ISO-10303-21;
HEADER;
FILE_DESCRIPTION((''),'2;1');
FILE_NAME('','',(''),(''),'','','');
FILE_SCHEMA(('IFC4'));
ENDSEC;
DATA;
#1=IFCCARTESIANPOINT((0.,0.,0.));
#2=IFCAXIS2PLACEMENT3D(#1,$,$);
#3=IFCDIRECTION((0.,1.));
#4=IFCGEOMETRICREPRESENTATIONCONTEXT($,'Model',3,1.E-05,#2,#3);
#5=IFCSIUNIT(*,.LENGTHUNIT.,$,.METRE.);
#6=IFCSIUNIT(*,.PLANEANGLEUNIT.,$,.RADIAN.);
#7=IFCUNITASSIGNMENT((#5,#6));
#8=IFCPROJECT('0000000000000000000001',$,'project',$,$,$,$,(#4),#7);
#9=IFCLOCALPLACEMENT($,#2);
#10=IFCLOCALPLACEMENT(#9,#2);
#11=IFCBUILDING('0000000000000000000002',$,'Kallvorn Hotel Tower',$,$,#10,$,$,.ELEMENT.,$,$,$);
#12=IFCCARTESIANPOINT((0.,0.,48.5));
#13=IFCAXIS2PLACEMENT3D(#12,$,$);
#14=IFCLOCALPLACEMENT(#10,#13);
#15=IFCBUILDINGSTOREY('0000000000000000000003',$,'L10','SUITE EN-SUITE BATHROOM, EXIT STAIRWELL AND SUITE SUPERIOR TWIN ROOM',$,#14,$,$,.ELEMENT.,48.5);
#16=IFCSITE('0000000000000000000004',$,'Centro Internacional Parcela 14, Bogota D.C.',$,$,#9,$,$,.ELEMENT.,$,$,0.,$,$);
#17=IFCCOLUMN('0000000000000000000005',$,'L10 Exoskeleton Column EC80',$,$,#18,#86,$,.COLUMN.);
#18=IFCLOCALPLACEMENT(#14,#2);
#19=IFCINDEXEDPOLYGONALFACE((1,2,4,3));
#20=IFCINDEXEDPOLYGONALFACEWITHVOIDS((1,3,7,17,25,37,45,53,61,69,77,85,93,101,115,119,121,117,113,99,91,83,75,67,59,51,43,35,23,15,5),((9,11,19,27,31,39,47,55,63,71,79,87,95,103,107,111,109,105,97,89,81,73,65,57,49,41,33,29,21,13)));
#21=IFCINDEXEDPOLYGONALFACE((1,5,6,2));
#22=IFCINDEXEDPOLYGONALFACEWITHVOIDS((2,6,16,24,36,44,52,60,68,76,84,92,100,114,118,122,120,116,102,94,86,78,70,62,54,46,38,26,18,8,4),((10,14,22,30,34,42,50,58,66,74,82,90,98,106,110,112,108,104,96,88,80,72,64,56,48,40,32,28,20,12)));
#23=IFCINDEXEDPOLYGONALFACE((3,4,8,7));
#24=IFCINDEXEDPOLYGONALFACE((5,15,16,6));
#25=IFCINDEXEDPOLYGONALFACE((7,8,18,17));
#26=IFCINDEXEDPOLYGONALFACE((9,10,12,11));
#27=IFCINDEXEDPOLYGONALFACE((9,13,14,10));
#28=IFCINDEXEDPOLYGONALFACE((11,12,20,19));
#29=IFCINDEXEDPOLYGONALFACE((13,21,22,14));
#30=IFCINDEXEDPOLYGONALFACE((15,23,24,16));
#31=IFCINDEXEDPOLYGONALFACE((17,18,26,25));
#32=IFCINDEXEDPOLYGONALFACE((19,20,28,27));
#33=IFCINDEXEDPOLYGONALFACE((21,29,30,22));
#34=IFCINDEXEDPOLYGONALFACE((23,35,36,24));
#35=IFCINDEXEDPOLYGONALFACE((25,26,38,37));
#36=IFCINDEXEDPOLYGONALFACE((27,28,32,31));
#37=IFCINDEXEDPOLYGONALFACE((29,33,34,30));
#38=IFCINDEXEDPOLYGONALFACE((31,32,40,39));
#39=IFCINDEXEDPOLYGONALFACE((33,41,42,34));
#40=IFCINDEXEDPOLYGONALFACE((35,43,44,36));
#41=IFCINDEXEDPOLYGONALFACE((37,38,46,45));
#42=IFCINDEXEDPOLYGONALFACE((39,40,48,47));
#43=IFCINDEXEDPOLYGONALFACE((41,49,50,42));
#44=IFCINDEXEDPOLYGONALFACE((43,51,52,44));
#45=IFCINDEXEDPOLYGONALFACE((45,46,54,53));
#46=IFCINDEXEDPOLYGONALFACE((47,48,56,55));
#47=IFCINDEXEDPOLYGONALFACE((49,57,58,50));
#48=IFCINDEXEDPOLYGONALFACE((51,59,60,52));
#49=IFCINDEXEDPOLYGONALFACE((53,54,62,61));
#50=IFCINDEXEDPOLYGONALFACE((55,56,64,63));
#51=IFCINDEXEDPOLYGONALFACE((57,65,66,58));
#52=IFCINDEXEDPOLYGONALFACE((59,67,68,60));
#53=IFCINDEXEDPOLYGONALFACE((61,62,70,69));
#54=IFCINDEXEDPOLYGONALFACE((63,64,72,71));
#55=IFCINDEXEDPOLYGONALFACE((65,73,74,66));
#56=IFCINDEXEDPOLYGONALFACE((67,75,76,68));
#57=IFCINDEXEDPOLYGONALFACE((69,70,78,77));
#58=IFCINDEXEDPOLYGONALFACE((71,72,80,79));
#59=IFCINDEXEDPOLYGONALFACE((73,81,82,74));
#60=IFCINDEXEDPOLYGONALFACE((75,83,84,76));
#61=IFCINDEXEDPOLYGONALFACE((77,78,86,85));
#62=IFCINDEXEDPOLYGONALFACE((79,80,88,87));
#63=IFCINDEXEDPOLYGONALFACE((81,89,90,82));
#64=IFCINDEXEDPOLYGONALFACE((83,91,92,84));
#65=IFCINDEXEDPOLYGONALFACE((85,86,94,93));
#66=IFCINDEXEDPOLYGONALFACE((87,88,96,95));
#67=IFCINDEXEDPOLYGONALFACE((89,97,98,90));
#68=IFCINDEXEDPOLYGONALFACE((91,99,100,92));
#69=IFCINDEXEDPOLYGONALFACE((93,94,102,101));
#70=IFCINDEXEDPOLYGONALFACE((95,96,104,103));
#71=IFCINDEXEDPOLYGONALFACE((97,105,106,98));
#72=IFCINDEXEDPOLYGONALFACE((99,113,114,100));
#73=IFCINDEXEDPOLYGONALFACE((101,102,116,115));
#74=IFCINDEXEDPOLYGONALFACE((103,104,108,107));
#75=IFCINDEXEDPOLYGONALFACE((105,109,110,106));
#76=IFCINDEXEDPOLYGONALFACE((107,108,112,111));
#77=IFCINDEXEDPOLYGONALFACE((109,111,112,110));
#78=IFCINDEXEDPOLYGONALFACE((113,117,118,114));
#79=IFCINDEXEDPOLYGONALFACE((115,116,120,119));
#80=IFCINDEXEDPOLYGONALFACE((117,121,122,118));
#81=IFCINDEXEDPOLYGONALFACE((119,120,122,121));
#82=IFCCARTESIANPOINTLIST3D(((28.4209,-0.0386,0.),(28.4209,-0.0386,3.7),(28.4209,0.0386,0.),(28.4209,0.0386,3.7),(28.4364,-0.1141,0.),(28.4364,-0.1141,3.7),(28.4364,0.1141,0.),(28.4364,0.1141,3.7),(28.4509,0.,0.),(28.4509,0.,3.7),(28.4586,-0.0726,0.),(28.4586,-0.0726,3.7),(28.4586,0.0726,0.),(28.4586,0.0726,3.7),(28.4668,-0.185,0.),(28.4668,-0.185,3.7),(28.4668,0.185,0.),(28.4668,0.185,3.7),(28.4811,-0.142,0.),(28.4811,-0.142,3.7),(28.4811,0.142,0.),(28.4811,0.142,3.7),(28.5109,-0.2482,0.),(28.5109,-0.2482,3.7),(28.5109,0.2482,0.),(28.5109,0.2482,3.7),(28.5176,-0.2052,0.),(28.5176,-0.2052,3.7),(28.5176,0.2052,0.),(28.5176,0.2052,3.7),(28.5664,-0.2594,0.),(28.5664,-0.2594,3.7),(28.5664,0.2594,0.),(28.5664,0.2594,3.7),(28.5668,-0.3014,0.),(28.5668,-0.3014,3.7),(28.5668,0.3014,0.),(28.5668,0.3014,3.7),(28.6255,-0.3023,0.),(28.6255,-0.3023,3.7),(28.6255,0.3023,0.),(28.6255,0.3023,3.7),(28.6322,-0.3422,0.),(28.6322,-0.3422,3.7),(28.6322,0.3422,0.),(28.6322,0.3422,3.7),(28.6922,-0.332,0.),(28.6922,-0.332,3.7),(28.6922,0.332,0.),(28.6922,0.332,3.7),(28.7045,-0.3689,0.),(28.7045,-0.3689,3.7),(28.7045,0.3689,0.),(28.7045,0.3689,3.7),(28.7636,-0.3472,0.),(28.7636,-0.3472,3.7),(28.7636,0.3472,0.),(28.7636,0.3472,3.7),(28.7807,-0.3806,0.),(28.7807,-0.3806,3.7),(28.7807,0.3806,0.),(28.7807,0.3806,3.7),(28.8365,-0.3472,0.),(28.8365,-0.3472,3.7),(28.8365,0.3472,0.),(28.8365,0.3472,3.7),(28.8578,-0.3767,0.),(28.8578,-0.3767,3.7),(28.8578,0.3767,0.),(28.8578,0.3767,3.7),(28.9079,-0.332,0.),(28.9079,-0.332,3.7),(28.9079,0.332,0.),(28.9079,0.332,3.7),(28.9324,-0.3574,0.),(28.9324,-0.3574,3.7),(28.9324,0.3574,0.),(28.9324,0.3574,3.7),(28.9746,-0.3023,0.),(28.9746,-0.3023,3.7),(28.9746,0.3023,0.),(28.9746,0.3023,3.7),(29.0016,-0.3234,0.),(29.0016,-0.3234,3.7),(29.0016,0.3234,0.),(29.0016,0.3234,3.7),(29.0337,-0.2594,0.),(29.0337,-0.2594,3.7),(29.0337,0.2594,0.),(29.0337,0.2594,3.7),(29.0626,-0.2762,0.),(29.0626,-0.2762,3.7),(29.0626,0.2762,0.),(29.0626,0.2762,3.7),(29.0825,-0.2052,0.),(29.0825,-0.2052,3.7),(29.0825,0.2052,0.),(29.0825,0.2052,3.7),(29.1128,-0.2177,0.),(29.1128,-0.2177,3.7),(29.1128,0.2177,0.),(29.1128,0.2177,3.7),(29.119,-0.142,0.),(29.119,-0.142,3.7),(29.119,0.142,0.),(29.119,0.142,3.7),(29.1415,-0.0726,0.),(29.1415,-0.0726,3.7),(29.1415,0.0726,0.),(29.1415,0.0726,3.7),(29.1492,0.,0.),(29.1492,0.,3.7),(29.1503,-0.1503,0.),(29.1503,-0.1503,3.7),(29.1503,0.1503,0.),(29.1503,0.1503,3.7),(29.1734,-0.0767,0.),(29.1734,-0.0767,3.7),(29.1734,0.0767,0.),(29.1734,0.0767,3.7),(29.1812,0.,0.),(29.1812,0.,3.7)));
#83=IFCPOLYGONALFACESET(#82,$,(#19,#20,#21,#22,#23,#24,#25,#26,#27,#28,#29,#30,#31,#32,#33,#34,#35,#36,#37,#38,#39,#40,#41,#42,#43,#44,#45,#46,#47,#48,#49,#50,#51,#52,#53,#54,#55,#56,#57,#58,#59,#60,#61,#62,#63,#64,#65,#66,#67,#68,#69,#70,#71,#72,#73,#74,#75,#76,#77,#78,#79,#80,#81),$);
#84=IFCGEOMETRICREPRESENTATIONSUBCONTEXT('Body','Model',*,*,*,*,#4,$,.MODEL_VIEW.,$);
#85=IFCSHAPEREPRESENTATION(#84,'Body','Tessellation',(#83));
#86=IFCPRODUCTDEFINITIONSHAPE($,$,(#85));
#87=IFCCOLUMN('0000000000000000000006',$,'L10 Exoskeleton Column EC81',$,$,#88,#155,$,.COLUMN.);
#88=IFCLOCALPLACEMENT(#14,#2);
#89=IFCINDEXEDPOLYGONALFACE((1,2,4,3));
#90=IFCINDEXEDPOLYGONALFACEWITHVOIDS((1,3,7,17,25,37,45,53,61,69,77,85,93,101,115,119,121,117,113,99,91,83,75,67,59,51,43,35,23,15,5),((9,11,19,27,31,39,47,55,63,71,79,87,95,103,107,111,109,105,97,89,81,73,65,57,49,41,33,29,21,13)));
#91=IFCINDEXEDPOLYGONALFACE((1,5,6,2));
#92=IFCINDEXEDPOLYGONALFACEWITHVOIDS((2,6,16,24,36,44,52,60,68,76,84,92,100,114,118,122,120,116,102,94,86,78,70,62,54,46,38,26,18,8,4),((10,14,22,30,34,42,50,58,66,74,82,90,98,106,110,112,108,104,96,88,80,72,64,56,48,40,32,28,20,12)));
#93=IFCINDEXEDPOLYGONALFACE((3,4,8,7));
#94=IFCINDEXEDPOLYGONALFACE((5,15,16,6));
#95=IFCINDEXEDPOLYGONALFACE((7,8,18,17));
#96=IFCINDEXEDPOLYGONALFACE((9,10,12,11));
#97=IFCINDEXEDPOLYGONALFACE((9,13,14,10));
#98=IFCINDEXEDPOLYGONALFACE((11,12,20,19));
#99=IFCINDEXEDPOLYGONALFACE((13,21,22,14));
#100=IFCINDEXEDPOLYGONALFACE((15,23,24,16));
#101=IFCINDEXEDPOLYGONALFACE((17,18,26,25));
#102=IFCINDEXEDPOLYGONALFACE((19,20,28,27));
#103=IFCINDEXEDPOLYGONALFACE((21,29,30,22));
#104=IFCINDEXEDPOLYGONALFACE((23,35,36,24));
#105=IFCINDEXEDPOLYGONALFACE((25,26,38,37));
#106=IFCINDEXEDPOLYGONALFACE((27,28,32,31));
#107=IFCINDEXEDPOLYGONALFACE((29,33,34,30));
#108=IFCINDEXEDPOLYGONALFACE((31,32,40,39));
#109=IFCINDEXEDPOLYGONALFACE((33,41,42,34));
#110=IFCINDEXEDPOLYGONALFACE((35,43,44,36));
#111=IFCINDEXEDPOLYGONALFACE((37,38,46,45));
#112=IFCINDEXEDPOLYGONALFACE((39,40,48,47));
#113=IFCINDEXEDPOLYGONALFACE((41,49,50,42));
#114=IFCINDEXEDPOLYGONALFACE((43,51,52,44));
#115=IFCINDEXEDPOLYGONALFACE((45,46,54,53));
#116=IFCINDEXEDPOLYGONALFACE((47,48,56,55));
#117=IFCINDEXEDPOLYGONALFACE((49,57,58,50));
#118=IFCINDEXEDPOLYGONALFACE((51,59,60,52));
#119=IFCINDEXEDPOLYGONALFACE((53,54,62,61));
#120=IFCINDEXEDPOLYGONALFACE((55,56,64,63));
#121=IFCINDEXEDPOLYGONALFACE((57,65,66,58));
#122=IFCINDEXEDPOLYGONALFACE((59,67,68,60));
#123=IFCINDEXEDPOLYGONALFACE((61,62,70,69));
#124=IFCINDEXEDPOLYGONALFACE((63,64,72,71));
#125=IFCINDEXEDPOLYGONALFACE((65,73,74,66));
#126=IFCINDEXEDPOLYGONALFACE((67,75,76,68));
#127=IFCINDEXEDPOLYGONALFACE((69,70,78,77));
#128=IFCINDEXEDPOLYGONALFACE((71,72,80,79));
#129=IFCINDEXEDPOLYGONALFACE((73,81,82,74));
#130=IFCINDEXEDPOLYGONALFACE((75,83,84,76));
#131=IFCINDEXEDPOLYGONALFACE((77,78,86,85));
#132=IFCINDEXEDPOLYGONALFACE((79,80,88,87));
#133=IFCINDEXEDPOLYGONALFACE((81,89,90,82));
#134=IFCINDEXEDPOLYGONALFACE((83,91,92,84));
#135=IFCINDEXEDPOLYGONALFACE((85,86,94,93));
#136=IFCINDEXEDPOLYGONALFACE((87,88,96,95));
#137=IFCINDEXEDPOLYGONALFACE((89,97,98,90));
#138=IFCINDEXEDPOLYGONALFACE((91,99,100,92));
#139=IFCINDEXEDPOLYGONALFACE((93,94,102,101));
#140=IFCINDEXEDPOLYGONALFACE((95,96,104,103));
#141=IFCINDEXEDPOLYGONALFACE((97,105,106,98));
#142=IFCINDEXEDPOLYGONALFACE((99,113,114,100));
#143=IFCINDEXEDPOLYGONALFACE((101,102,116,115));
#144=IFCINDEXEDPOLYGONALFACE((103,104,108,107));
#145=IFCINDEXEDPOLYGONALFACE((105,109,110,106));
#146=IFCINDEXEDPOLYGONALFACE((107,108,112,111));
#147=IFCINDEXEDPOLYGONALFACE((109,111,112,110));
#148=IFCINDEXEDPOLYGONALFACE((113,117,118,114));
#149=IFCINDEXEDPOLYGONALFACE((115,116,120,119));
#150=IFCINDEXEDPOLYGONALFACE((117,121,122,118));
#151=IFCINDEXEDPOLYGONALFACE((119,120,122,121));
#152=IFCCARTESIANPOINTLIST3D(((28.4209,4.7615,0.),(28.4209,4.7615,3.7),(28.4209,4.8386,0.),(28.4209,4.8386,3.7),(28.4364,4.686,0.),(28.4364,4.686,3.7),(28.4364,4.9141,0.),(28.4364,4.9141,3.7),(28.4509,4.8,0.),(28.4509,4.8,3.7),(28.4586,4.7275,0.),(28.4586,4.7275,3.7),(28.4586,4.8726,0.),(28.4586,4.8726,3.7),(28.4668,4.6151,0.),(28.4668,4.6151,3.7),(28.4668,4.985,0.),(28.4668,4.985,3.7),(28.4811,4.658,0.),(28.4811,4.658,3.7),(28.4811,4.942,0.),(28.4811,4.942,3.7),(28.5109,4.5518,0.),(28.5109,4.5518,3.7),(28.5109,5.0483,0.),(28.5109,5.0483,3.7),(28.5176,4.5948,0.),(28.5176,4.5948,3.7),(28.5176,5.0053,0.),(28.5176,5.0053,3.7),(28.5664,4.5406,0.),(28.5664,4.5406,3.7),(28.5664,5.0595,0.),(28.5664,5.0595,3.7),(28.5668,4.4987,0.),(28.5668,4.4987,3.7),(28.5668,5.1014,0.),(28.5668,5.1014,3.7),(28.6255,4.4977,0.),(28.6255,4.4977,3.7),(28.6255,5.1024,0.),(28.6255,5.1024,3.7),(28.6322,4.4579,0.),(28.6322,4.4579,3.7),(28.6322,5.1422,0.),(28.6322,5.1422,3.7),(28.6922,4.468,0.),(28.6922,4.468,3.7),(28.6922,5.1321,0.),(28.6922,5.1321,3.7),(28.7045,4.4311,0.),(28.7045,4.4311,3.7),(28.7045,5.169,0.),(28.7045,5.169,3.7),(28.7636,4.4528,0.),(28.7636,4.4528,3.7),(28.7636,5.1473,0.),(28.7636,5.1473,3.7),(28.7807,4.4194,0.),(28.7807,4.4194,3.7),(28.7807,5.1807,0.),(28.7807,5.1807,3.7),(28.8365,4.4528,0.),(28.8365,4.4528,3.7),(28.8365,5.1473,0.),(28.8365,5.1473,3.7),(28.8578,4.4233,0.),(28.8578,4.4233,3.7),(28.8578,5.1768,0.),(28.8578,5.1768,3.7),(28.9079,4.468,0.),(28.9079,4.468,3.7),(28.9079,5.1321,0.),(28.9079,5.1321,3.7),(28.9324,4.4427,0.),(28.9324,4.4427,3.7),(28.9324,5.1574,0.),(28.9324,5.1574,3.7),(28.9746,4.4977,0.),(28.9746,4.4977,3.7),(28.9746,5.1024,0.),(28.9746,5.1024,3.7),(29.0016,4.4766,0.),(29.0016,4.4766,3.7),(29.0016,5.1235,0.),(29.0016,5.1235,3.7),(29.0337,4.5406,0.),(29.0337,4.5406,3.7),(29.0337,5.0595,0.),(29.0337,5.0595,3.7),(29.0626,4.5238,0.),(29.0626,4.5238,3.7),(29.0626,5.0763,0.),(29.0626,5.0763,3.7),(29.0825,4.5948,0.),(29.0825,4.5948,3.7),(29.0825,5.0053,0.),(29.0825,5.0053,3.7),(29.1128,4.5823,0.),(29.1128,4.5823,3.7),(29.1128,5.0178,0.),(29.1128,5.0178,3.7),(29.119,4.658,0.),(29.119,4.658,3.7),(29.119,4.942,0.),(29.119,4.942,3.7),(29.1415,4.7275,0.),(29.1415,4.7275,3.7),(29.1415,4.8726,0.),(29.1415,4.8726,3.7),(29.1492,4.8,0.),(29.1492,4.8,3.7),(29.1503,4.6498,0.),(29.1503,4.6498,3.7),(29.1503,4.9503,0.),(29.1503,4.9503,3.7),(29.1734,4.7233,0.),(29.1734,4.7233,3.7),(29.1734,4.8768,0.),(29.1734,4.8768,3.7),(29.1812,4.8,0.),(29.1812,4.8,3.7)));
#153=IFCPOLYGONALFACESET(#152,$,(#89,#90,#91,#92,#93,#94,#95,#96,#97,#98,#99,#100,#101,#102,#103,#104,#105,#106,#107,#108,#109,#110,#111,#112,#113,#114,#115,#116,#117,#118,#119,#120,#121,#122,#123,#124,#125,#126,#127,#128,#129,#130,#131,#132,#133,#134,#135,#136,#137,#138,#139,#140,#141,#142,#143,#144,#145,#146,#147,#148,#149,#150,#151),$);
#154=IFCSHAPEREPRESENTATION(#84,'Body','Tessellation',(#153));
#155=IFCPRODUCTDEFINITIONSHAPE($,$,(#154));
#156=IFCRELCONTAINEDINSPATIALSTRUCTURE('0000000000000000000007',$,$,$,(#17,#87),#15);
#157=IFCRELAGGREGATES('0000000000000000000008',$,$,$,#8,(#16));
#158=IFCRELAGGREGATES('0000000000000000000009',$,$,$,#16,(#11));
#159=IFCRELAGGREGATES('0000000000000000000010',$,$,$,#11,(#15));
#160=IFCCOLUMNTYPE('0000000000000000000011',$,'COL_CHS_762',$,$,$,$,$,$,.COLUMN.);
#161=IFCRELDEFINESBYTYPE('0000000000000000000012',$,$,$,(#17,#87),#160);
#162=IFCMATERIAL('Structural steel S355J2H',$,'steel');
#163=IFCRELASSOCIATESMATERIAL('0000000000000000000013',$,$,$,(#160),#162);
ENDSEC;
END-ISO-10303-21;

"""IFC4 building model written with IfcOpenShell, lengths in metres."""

from ifc_helpers import new_model, si_unit, direction, frame, origin, origin_2d, place, context, subcontext, project, spatial, hollow_circle, extrude, material, material_profile, profile_set, type_object, element, save


model = new_model("IFC4")

# Units and contexts
model_context = context("Model", 3, precision=1e-05, world=origin(), true_north=direction((0.0, 1.0)))
body_context = subcontext(model_context, "Body", "Model", "MODEL_VIEW")
ifc_project = project(units=[si_unit("LENGTHUNIT", "METRE"), si_unit("PLANEANGLEUNIT", "RADIAN")], contexts=[model_context])

# Site, building, storey
site_placement = place(None, origin())
site = spatial("IfcSite", under=ifc_project, at=site_placement, Name="Centro Internacional Parcela 14, Bogota D.C.", CompositionType="ELEMENT", RefElevation=0.0)
building_placement = place(site_placement, origin())
building = spatial("IfcBuilding", under=site, at=building_placement, Name="Kallvorn Hotel Tower", CompositionType="ELEMENT")
storey_placement = place(building_placement, frame((0.0, 0.0, 48.5)))
storey = spatial("IfcBuildingStorey", under=building, at=storey_placement, Name="L10", Description="SUITE EN-SUITE BATHROOM, EXIT STAIRWELL AND SUITE SUPERIOR TWIN ROOM", CompositionType="ELEMENT", Elevation=48.5)

# Columns
ifc_material_1 = material(Name="Structural steel S355J2H", Category="steel")
ifc_material_profile_1 = material_profile(ifc_material_1, hollow_circle(Radius=0.3811, WallThickness=0.032, at=origin_2d()), Name="CHS 762x32")
ifc_profile_set_1 = profile_set([ifc_material_profile_1], Name="Structural steel S355J2H")
column_type_1 = type_object("IfcColumnType", Name="COL_CHS_762", PredefinedType="COLUMN", material=ifc_profile_set_1)
for number, where, z_axis, x_axis, name in (
    (1, (28.8, 0.0, 0.0), (0.0, 0.0, 1.0), (1.0, 0.0, 0.0), "L10 Exoskeleton Column EC80"),
    (2, (28.8, 4.8, 0.0), (0.0, 0.0, 1.0), (1.0, 0.0, 0.0), "L10 Exoskeleton Column EC81"),
):
    element("IfcColumn", number, at=place(storey_placement, frame(where, z_axis=z_axis, x_axis=x_axis)), inside=storey, type_object=column_type_1, Name=name, PredefinedType="COLUMN", context=body_context, shape_type="SweptSolid", body=[
        extrude(hollow_circle(Radius=0.3811, WallThickness=0.032, at=origin_2d()), origin(), (0.0, 0.0, 1.0), 3.7),
    ])

save(model, "model.ifc")
